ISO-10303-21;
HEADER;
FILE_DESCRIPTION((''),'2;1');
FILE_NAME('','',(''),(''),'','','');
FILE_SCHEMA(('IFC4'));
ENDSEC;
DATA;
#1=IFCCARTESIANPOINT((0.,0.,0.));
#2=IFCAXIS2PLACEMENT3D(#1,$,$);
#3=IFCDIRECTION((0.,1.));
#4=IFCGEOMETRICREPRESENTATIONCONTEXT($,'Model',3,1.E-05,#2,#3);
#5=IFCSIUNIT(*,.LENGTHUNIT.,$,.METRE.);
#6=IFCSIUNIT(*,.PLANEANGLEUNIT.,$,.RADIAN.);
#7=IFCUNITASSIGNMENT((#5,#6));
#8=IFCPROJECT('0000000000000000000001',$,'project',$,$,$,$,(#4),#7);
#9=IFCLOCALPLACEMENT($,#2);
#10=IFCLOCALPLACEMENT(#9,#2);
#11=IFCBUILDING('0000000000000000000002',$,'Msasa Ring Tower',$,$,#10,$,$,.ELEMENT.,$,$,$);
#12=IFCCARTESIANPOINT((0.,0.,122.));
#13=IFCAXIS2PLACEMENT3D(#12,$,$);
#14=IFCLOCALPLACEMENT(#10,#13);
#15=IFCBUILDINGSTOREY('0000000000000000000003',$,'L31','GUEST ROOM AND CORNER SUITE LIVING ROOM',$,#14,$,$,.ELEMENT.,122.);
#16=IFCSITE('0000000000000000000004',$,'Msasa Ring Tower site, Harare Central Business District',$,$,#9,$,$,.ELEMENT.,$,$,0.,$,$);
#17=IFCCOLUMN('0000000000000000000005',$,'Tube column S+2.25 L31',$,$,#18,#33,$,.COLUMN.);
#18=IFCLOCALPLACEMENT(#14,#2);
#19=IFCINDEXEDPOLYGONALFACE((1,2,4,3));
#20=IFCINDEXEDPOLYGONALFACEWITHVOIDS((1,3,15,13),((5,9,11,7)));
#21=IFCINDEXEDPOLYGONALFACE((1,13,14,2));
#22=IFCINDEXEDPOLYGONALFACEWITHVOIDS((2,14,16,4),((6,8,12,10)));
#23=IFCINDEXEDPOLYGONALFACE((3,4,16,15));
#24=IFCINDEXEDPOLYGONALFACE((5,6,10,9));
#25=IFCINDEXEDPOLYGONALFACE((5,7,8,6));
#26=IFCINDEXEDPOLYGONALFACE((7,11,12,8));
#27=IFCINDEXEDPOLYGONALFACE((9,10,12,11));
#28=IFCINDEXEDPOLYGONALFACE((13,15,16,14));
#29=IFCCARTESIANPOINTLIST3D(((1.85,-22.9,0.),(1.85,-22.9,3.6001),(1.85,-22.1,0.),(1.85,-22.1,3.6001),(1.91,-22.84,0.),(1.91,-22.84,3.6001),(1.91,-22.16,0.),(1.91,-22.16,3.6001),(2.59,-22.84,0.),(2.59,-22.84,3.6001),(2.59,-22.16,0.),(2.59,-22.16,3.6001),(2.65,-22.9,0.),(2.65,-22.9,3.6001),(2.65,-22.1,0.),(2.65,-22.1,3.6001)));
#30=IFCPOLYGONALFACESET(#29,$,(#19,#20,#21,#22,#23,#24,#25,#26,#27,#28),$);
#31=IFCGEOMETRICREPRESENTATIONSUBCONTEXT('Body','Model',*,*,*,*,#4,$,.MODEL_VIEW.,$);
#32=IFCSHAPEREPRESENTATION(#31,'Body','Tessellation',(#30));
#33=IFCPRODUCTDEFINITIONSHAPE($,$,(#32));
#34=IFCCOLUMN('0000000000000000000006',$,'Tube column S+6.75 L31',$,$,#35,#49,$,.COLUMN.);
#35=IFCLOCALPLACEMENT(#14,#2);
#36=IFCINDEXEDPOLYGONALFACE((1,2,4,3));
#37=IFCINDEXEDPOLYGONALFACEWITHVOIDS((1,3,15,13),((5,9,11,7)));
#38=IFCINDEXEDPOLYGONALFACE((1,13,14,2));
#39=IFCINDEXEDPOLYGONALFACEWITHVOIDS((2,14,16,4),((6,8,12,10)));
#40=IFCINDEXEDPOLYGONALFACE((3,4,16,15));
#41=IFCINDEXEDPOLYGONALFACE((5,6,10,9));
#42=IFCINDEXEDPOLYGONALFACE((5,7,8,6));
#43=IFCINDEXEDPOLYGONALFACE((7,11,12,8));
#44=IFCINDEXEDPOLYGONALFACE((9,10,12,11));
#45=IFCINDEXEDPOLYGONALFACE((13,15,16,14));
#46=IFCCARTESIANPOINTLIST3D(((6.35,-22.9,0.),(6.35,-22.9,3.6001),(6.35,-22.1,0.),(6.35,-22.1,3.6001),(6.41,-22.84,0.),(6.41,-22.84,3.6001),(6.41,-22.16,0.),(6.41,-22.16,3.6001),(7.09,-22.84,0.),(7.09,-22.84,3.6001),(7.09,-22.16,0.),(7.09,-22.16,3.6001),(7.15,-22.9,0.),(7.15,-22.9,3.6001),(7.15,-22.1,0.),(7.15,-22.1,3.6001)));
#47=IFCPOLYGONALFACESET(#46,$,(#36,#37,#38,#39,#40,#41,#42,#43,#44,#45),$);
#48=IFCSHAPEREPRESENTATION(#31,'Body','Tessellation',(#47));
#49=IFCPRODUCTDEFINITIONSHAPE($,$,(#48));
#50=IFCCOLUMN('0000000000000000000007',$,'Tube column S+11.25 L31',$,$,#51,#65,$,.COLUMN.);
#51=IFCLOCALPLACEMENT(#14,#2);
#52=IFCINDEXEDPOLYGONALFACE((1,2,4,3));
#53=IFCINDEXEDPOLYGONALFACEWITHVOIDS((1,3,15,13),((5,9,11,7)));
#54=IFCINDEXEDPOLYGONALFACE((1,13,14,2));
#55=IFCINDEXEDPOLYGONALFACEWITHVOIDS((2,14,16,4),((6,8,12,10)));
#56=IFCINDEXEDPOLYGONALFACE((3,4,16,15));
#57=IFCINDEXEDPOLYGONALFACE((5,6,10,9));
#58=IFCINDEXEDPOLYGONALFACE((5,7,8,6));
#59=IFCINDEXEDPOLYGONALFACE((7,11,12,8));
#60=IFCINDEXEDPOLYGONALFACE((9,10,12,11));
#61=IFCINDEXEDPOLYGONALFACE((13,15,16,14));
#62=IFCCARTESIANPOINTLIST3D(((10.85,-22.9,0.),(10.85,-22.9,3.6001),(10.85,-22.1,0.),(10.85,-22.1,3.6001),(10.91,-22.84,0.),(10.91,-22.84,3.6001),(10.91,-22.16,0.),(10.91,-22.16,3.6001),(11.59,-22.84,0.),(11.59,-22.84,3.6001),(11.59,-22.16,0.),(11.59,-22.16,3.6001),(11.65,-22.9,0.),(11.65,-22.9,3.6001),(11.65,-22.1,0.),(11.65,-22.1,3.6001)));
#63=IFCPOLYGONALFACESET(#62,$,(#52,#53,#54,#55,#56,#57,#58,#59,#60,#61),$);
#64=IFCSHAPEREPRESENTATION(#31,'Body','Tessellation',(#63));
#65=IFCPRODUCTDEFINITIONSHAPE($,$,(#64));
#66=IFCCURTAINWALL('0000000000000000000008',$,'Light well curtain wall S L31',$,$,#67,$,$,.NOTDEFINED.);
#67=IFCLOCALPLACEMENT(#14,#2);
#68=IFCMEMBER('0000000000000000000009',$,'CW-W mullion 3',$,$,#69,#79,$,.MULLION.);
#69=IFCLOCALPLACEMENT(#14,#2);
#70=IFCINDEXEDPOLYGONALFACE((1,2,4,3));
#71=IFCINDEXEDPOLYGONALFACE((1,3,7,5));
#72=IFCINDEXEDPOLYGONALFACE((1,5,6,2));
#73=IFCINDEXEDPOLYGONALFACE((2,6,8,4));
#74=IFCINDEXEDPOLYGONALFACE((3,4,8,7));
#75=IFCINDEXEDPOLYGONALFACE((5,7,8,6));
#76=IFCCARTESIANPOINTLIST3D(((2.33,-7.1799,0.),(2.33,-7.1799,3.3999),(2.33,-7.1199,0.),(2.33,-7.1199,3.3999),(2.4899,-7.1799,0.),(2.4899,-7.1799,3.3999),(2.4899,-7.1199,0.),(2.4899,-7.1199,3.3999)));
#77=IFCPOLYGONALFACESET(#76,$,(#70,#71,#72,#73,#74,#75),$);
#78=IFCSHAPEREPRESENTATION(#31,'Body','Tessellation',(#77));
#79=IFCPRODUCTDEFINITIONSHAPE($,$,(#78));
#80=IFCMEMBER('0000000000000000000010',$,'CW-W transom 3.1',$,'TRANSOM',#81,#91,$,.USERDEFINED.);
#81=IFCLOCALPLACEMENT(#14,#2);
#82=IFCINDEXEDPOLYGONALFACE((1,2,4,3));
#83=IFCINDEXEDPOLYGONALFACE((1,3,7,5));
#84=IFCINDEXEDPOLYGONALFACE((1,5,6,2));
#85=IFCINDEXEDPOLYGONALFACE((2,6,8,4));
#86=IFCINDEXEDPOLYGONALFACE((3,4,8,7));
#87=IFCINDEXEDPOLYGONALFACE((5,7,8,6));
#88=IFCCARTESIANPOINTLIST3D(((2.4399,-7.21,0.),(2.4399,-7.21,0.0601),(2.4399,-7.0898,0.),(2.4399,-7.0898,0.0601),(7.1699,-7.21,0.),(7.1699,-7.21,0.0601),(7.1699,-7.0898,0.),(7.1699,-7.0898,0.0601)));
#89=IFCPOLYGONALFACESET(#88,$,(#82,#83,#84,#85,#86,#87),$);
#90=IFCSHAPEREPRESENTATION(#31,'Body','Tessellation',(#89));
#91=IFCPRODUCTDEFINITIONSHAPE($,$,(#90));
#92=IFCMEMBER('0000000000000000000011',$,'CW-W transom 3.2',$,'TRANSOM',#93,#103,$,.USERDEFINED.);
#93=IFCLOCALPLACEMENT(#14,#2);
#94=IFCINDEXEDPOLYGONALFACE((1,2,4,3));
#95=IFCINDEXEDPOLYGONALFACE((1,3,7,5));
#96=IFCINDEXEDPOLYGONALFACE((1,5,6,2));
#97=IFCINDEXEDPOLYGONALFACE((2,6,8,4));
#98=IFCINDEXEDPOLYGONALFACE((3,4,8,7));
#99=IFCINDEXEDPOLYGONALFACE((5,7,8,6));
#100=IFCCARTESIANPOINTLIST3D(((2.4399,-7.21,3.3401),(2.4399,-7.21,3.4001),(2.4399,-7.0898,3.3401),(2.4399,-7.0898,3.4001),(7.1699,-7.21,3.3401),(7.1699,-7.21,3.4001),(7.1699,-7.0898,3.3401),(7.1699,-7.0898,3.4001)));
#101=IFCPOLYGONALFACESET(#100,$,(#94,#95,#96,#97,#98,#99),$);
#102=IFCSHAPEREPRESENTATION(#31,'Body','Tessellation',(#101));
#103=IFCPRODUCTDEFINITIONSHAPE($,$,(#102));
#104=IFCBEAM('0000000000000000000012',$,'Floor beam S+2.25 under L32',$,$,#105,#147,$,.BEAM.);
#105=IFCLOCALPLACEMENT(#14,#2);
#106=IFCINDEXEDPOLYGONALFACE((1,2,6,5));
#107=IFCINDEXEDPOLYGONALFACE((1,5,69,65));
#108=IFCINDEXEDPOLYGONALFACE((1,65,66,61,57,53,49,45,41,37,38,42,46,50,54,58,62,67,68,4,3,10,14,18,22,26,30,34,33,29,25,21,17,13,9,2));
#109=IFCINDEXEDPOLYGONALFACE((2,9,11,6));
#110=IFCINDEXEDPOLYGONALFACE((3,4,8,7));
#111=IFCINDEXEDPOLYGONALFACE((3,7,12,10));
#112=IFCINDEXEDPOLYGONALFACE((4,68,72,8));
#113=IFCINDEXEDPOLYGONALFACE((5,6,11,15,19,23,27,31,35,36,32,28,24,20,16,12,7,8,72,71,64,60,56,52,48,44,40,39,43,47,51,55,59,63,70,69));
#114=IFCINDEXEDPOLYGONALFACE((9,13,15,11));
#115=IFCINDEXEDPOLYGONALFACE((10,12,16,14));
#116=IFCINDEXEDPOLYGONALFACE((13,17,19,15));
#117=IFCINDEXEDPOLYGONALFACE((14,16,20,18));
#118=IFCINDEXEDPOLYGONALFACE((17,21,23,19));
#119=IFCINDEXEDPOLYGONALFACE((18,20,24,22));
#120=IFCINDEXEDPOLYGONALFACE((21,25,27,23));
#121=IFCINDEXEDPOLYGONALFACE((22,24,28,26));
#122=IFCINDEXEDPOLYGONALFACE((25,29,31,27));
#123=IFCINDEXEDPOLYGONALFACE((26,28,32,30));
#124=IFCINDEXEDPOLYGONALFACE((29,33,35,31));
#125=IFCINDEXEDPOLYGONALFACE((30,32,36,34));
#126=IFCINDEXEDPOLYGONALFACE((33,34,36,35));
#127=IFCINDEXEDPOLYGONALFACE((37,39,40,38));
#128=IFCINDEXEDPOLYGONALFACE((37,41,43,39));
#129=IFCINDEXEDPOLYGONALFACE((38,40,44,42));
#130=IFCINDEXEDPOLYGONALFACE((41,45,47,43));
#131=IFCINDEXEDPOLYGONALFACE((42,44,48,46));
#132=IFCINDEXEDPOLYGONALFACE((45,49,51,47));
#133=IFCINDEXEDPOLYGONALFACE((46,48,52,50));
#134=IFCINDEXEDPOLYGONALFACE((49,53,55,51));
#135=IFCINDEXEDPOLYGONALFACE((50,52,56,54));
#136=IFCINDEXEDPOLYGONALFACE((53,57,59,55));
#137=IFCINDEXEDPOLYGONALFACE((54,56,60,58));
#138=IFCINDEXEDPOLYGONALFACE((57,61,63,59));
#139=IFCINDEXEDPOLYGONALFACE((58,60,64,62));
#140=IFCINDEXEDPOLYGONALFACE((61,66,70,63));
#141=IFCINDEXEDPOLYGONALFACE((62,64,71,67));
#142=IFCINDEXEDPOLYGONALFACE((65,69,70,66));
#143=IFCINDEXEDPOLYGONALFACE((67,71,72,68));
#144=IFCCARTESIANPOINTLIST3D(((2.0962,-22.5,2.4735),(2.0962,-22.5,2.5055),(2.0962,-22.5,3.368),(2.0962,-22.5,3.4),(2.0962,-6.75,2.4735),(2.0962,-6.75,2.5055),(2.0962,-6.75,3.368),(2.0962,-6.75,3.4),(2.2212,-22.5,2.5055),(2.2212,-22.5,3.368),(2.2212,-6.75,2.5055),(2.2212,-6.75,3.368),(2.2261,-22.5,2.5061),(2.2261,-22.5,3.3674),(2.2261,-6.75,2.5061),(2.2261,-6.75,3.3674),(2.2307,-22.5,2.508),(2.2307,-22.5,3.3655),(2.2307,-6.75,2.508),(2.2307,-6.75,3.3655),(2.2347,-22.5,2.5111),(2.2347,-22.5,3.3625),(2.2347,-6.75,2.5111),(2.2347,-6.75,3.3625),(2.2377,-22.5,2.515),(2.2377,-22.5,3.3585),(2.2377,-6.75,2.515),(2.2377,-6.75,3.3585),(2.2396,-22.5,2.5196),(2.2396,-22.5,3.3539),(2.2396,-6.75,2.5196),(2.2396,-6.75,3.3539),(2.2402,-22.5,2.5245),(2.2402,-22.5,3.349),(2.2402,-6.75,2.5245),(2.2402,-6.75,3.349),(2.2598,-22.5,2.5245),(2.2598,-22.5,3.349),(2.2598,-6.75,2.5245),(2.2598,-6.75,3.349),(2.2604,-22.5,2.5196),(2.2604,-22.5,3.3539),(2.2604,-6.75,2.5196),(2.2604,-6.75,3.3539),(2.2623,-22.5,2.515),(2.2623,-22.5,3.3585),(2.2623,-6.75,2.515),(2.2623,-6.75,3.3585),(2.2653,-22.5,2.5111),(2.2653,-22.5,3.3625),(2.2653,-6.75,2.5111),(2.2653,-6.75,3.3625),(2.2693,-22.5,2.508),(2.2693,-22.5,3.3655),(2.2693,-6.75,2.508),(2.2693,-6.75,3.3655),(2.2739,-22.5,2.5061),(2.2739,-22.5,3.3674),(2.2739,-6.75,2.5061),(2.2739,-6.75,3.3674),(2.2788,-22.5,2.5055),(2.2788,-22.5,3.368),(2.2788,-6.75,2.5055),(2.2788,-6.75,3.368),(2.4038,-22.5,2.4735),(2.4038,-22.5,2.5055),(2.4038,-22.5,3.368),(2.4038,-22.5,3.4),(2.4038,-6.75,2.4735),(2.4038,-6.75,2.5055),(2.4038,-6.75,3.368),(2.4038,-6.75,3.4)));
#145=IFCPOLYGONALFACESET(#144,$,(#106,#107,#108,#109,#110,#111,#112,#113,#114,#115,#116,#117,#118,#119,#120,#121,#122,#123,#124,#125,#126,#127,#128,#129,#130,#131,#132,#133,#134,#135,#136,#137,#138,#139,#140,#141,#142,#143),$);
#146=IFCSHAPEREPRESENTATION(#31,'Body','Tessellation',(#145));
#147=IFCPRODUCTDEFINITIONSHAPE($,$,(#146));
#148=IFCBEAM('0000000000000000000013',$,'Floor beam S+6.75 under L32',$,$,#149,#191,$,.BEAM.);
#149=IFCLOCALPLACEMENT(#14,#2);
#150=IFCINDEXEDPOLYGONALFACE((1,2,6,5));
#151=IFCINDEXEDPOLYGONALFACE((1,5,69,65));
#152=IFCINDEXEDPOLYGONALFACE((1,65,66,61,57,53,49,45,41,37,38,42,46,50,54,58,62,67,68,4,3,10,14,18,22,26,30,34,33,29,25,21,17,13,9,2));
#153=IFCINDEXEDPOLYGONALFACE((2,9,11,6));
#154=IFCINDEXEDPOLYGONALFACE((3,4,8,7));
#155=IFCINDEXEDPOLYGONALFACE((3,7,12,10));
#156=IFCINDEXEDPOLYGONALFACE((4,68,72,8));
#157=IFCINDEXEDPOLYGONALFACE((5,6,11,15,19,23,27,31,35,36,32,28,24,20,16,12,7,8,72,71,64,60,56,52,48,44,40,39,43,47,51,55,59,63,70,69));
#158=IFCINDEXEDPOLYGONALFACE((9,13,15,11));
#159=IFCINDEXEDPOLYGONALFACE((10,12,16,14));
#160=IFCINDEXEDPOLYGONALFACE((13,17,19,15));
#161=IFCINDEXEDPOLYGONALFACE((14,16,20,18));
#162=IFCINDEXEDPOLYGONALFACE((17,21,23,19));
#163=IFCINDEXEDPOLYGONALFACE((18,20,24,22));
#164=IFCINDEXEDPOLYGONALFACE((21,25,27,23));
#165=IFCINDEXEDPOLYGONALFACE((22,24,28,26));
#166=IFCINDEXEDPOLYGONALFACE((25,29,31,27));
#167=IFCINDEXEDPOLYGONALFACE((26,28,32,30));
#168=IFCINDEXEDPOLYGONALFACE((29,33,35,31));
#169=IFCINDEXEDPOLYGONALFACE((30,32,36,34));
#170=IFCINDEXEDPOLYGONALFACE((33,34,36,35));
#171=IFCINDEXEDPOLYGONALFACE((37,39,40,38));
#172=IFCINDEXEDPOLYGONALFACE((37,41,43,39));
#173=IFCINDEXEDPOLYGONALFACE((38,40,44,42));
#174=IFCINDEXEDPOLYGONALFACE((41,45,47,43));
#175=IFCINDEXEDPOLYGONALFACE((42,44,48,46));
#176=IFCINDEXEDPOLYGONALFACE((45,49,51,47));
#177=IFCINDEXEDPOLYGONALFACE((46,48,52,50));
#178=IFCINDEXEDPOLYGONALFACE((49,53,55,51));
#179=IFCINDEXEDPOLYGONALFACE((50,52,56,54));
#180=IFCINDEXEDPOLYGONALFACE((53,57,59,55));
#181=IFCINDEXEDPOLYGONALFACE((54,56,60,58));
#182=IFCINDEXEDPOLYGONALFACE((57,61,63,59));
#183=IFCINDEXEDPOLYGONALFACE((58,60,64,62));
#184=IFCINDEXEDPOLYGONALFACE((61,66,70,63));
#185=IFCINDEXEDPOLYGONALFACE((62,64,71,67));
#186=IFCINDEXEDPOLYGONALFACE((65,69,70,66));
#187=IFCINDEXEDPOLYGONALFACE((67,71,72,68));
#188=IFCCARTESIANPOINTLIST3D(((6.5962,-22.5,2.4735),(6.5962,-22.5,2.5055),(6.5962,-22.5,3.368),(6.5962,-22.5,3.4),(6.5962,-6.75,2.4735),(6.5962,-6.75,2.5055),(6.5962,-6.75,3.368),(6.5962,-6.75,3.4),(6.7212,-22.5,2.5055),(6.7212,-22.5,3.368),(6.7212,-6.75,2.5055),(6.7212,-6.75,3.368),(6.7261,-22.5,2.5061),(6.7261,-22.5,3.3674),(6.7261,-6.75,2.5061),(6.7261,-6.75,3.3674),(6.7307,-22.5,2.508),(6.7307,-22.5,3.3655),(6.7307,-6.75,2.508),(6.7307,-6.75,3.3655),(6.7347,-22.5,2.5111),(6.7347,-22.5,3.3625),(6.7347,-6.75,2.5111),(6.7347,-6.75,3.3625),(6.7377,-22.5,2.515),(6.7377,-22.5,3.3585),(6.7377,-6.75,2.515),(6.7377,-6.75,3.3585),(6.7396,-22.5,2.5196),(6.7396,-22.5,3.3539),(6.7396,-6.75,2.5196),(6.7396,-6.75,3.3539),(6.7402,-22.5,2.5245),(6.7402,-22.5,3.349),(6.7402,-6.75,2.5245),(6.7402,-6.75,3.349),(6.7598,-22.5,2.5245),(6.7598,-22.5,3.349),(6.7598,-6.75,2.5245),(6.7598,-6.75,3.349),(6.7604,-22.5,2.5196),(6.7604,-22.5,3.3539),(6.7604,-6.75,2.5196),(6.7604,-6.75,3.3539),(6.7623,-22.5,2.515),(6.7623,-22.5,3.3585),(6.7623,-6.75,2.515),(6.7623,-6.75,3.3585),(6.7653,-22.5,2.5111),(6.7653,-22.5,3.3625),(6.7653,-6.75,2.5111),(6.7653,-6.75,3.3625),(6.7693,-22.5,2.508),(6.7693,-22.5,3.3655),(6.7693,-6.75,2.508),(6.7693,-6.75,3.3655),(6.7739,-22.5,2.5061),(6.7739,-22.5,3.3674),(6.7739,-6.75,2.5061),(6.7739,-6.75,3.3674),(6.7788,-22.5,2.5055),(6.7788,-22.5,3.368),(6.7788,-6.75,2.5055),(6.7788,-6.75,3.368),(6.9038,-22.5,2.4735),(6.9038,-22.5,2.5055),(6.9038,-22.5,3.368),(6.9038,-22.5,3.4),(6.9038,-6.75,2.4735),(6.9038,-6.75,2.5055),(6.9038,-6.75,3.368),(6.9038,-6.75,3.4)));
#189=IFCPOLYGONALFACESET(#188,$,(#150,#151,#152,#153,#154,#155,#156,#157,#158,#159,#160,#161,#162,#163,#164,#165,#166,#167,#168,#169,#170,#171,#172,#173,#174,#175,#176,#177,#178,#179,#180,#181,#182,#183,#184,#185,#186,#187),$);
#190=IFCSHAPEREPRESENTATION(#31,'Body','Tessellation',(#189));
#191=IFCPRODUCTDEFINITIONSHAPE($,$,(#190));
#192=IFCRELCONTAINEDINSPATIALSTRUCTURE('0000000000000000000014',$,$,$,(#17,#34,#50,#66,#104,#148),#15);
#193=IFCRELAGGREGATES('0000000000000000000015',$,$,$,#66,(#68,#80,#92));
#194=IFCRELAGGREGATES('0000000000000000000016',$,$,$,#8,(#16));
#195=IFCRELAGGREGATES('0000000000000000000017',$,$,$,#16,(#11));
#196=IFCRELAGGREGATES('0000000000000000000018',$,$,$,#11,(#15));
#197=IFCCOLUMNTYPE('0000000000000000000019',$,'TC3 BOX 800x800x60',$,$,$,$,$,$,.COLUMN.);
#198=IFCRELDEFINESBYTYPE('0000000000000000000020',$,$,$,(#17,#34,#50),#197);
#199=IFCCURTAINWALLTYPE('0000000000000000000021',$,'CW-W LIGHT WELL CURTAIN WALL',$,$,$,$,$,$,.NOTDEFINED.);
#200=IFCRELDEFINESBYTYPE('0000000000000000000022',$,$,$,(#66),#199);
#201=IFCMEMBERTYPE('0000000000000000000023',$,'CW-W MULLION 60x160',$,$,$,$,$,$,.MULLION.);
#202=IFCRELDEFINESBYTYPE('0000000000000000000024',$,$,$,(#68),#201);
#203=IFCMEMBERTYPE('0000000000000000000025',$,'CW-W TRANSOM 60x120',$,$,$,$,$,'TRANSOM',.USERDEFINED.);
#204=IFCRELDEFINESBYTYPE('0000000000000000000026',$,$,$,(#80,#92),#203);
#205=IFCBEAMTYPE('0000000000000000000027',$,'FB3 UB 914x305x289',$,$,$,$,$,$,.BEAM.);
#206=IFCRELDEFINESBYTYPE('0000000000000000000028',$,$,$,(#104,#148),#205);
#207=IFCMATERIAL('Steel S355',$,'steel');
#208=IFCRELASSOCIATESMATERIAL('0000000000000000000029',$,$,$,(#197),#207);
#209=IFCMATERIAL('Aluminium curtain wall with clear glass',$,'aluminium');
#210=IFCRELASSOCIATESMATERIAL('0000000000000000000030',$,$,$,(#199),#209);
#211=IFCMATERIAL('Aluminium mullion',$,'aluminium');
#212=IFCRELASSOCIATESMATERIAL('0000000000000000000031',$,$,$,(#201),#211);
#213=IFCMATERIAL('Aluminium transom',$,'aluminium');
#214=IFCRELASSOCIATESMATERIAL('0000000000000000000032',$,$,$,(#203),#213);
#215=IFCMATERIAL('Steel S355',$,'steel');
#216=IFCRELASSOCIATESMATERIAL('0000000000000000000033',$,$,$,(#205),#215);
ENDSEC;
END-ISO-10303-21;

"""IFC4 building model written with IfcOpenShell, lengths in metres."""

from ifc_helpers import new_model, si_unit, direction, frame, origin, origin_2d, place, context, subcontext, project, spatial, rectangle, hollow_rectangle, i_section, extrude, material, material_profile, profile_set, type_object, element, aggregate, save


model = new_model("IFC4")

# Units and contexts
model_context = context("Model", 3, precision=1e-05, world=origin(), true_north=direction((0.0, 1.0)))
body_context = subcontext(model_context, "Body", "Model", "MODEL_VIEW")
ifc_project = project(units=[si_unit("LENGTHUNIT", "METRE"), si_unit("PLANEANGLEUNIT", "RADIAN")], contexts=[model_context])

# Site, building, storey
site_placement = place(None, origin())
site = spatial("IfcSite", under=ifc_project, at=site_placement, Name="Msasa Ring Tower site, Harare Central Business District", CompositionType="ELEMENT", RefElevation=0.0)
building_placement = place(site_placement, origin())
building = spatial("IfcBuilding", under=site, at=building_placement, Name="Msasa Ring Tower", CompositionType="ELEMENT")
storey_placement = place(building_placement, frame((0.0, 0.0, 122.0)))
storey = spatial("IfcBuildingStorey", under=building, at=storey_placement, Name="L31", Description="GUEST ROOM AND CORNER SUITE LIVING ROOM", CompositionType="ELEMENT", Elevation=122.0)

# Columns
ifc_material_1 = material(Name="Steel S355", Category="steel")
ifc_material_profile_1 = material_profile(ifc_material_1, hollow_rectangle(XDim=0.8, YDim=0.8, WallThickness=0.0601, at=origin_2d()), Name="BOX 800x800x60")
ifc_profile_set_1 = profile_set([ifc_material_profile_1], Name="Steel S355")
column_type = type_object("IfcColumnType", Name="TC3 BOX 800x800x60", PredefinedType="COLUMN", material=ifc_profile_set_1)
for number, where, z_axis, x_axis, name in (
    (1, (2.25, -22.5, 0.0), (0.0, 0.0, 1.0), (0.0, 1.0, 0.0), "Tube column S+2.25 L31"),
    (2, (6.75, -22.5, 0.0), (0.0, 0.0, 1.0), (0.0, 1.0, 0.0), "Tube column S+6.75 L31"),
    (3, (11.25, -22.5, 0.0), (0.0, 0.0, 1.0), (0.0, 1.0, 0.0), "Tube column S+11.25 L31"),
):
    element("IfcColumn", number, at=place(storey_placement, frame(where, z_axis=z_axis, x_axis=x_axis)), inside=storey, type_object=column_type, Name=name, PredefinedType="COLUMN", context=body_context, shape_type="SweptSolid", body=[
        extrude(hollow_rectangle(XDim=0.8, YDim=0.8, WallThickness=0.0601, at=origin_2d()), origin(), (0.0, 0.0, 1.0), 3.6001),
    ])

# Curtain wall, members
ifc_material_2 = material(Name="Aluminium curtain wall with clear glass", Category="aluminium")
curtain_wall_type = type_object("IfcCurtainWallType", Name="CW-W LIGHT WELL CURTAIN WALL", PredefinedType="NOTDEFINED", material=ifc_material_2)
curtain_wall_placement = place(storey_placement, origin())
curtain_wall = element("IfcCurtainWall", 4, at=curtain_wall_placement, inside=storey, type_object=curtain_wall_type, Name="Light well curtain wall S L31", PredefinedType="NOTDEFINED")
ifc_material_3 = material(Name="Aluminium mullion", Category="aluminium")
ifc_material_profile_2 = material_profile(ifc_material_3, rectangle(XDim=0.0601, YDim=0.1599, at=origin_2d()), Name="AL 60x160")
ifc_profile_set_2 = profile_set([ifc_material_profile_2], Name="Aluminium mullion")
member_type_1 = type_object("IfcMemberType", Name="CW-W MULLION 60x160", PredefinedType="MULLION", material=ifc_profile_set_2)
member_1_placement = place(storey_placement, frame((2.4099, -7.1499, 0.0), z_axis=(0.0, 0.0, 1.0), x_axis=(0.0, 1.0, 0.0)))
member_1 = element("IfcMember", 5, at=member_1_placement, type_object=member_type_1, Name="CW-W mullion 3", PredefinedType="MULLION", context=body_context, shape_type="SweptSolid", body=[
    extrude(rectangle(XDim=0.0601, YDim=0.1599, at=origin_2d()), origin(), (0.0, 0.0, 1.0), 3.3999),
])
ifc_material_4 = material(Name="Aluminium transom", Category="aluminium")
ifc_material_profile_3 = material_profile(ifc_material_4, rectangle(XDim=0.1201, YDim=0.0601, at=origin_2d()), Name="AL 60x120")
ifc_profile_set_3 = profile_set([ifc_material_profile_3], Name="Aluminium transom")
member_type_2 = type_object("IfcMemberType", Name="CW-W TRANSOM 60x120", ElementType="TRANSOM", PredefinedType="USERDEFINED", material=ifc_profile_set_3)
member_2_placement = place(storey_placement, frame((2.4399, -7.1499, 0.03), z_axis=(1.0, 0.0, 0.0), x_axis=(0.0, 1.0, 0.0)))
member_2 = element("IfcMember", 6, at=member_2_placement, type_object=member_type_2, Name="CW-W transom 3.1", ObjectType="TRANSOM", PredefinedType="USERDEFINED", context=body_context, shape_type="SweptSolid", body=[
    extrude(rectangle(XDim=0.1201, YDim=0.0601, at=origin_2d()), origin(), (0.0, 0.0, 1.0), 4.73),
])
member_3_placement = place(storey_placement, frame((2.4399, -7.1499, 3.3701), z_axis=(1.0, 0.0, 0.0), x_axis=(0.0, 1.0, 0.0)))
member_3 = element("IfcMember", 7, at=member_3_placement, type_object=member_type_2, Name="CW-W transom 3.2", ObjectType="TRANSOM", PredefinedType="USERDEFINED", context=body_context, shape_type="SweptSolid", body=[
    extrude(rectangle(XDim=0.1201, YDim=0.0601, at=origin_2d()), origin(), (0.0, 0.0, 1.0), 4.73),
])

# Beams
ifc_material_5 = material(Name="Steel S355", Category="steel")
ifc_material_profile_4 = material_profile(ifc_material_5, i_section(OverallWidth=0.3076, OverallDepth=0.9265, WebThickness=0.0195, FlangeThickness=0.032, FilletRadius=0.019, at=origin_2d()), Name="UB 914x305x289")
ifc_profile_set_4 = profile_set([ifc_material_profile_4], Name="Steel S355")
beam_type_1 = type_object("IfcBeamType", Name="FB3 UB 914x305x289", PredefinedType="BEAM", material=ifc_profile_set_4)
for number, where, z_axis, x_axis, name in (
    (8, (2.25, -22.5, 2.9368), (0.0, 1.0, 0.0), (-1.0, 0.0, 0.0), "Floor beam S+2.25 under L32"),
    (9, (6.75, -22.5, 2.9368), (0.0, 1.0, 0.0), (-1.0, 0.0, 0.0), "Floor beam S+6.75 under L32"),
):
    element("IfcBeam", number, at=place(storey_placement, frame(where, z_axis=z_axis, x_axis=x_axis)), inside=storey, type_object=beam_type_1, Name=name, PredefinedType="BEAM", context=body_context, shape_type="SweptSolid", body=[
        extrude(i_section(OverallWidth=0.3076, OverallDepth=0.9265, WebThickness=0.0195, FlangeThickness=0.032, FilletRadius=0.019, at=origin_2d()), origin(), (0.0, 0.0, 1.0), 15.75),
    ])

aggregate(curtain_wall, [member_1, member_2, member_3])

save(model, "model.ifc")
